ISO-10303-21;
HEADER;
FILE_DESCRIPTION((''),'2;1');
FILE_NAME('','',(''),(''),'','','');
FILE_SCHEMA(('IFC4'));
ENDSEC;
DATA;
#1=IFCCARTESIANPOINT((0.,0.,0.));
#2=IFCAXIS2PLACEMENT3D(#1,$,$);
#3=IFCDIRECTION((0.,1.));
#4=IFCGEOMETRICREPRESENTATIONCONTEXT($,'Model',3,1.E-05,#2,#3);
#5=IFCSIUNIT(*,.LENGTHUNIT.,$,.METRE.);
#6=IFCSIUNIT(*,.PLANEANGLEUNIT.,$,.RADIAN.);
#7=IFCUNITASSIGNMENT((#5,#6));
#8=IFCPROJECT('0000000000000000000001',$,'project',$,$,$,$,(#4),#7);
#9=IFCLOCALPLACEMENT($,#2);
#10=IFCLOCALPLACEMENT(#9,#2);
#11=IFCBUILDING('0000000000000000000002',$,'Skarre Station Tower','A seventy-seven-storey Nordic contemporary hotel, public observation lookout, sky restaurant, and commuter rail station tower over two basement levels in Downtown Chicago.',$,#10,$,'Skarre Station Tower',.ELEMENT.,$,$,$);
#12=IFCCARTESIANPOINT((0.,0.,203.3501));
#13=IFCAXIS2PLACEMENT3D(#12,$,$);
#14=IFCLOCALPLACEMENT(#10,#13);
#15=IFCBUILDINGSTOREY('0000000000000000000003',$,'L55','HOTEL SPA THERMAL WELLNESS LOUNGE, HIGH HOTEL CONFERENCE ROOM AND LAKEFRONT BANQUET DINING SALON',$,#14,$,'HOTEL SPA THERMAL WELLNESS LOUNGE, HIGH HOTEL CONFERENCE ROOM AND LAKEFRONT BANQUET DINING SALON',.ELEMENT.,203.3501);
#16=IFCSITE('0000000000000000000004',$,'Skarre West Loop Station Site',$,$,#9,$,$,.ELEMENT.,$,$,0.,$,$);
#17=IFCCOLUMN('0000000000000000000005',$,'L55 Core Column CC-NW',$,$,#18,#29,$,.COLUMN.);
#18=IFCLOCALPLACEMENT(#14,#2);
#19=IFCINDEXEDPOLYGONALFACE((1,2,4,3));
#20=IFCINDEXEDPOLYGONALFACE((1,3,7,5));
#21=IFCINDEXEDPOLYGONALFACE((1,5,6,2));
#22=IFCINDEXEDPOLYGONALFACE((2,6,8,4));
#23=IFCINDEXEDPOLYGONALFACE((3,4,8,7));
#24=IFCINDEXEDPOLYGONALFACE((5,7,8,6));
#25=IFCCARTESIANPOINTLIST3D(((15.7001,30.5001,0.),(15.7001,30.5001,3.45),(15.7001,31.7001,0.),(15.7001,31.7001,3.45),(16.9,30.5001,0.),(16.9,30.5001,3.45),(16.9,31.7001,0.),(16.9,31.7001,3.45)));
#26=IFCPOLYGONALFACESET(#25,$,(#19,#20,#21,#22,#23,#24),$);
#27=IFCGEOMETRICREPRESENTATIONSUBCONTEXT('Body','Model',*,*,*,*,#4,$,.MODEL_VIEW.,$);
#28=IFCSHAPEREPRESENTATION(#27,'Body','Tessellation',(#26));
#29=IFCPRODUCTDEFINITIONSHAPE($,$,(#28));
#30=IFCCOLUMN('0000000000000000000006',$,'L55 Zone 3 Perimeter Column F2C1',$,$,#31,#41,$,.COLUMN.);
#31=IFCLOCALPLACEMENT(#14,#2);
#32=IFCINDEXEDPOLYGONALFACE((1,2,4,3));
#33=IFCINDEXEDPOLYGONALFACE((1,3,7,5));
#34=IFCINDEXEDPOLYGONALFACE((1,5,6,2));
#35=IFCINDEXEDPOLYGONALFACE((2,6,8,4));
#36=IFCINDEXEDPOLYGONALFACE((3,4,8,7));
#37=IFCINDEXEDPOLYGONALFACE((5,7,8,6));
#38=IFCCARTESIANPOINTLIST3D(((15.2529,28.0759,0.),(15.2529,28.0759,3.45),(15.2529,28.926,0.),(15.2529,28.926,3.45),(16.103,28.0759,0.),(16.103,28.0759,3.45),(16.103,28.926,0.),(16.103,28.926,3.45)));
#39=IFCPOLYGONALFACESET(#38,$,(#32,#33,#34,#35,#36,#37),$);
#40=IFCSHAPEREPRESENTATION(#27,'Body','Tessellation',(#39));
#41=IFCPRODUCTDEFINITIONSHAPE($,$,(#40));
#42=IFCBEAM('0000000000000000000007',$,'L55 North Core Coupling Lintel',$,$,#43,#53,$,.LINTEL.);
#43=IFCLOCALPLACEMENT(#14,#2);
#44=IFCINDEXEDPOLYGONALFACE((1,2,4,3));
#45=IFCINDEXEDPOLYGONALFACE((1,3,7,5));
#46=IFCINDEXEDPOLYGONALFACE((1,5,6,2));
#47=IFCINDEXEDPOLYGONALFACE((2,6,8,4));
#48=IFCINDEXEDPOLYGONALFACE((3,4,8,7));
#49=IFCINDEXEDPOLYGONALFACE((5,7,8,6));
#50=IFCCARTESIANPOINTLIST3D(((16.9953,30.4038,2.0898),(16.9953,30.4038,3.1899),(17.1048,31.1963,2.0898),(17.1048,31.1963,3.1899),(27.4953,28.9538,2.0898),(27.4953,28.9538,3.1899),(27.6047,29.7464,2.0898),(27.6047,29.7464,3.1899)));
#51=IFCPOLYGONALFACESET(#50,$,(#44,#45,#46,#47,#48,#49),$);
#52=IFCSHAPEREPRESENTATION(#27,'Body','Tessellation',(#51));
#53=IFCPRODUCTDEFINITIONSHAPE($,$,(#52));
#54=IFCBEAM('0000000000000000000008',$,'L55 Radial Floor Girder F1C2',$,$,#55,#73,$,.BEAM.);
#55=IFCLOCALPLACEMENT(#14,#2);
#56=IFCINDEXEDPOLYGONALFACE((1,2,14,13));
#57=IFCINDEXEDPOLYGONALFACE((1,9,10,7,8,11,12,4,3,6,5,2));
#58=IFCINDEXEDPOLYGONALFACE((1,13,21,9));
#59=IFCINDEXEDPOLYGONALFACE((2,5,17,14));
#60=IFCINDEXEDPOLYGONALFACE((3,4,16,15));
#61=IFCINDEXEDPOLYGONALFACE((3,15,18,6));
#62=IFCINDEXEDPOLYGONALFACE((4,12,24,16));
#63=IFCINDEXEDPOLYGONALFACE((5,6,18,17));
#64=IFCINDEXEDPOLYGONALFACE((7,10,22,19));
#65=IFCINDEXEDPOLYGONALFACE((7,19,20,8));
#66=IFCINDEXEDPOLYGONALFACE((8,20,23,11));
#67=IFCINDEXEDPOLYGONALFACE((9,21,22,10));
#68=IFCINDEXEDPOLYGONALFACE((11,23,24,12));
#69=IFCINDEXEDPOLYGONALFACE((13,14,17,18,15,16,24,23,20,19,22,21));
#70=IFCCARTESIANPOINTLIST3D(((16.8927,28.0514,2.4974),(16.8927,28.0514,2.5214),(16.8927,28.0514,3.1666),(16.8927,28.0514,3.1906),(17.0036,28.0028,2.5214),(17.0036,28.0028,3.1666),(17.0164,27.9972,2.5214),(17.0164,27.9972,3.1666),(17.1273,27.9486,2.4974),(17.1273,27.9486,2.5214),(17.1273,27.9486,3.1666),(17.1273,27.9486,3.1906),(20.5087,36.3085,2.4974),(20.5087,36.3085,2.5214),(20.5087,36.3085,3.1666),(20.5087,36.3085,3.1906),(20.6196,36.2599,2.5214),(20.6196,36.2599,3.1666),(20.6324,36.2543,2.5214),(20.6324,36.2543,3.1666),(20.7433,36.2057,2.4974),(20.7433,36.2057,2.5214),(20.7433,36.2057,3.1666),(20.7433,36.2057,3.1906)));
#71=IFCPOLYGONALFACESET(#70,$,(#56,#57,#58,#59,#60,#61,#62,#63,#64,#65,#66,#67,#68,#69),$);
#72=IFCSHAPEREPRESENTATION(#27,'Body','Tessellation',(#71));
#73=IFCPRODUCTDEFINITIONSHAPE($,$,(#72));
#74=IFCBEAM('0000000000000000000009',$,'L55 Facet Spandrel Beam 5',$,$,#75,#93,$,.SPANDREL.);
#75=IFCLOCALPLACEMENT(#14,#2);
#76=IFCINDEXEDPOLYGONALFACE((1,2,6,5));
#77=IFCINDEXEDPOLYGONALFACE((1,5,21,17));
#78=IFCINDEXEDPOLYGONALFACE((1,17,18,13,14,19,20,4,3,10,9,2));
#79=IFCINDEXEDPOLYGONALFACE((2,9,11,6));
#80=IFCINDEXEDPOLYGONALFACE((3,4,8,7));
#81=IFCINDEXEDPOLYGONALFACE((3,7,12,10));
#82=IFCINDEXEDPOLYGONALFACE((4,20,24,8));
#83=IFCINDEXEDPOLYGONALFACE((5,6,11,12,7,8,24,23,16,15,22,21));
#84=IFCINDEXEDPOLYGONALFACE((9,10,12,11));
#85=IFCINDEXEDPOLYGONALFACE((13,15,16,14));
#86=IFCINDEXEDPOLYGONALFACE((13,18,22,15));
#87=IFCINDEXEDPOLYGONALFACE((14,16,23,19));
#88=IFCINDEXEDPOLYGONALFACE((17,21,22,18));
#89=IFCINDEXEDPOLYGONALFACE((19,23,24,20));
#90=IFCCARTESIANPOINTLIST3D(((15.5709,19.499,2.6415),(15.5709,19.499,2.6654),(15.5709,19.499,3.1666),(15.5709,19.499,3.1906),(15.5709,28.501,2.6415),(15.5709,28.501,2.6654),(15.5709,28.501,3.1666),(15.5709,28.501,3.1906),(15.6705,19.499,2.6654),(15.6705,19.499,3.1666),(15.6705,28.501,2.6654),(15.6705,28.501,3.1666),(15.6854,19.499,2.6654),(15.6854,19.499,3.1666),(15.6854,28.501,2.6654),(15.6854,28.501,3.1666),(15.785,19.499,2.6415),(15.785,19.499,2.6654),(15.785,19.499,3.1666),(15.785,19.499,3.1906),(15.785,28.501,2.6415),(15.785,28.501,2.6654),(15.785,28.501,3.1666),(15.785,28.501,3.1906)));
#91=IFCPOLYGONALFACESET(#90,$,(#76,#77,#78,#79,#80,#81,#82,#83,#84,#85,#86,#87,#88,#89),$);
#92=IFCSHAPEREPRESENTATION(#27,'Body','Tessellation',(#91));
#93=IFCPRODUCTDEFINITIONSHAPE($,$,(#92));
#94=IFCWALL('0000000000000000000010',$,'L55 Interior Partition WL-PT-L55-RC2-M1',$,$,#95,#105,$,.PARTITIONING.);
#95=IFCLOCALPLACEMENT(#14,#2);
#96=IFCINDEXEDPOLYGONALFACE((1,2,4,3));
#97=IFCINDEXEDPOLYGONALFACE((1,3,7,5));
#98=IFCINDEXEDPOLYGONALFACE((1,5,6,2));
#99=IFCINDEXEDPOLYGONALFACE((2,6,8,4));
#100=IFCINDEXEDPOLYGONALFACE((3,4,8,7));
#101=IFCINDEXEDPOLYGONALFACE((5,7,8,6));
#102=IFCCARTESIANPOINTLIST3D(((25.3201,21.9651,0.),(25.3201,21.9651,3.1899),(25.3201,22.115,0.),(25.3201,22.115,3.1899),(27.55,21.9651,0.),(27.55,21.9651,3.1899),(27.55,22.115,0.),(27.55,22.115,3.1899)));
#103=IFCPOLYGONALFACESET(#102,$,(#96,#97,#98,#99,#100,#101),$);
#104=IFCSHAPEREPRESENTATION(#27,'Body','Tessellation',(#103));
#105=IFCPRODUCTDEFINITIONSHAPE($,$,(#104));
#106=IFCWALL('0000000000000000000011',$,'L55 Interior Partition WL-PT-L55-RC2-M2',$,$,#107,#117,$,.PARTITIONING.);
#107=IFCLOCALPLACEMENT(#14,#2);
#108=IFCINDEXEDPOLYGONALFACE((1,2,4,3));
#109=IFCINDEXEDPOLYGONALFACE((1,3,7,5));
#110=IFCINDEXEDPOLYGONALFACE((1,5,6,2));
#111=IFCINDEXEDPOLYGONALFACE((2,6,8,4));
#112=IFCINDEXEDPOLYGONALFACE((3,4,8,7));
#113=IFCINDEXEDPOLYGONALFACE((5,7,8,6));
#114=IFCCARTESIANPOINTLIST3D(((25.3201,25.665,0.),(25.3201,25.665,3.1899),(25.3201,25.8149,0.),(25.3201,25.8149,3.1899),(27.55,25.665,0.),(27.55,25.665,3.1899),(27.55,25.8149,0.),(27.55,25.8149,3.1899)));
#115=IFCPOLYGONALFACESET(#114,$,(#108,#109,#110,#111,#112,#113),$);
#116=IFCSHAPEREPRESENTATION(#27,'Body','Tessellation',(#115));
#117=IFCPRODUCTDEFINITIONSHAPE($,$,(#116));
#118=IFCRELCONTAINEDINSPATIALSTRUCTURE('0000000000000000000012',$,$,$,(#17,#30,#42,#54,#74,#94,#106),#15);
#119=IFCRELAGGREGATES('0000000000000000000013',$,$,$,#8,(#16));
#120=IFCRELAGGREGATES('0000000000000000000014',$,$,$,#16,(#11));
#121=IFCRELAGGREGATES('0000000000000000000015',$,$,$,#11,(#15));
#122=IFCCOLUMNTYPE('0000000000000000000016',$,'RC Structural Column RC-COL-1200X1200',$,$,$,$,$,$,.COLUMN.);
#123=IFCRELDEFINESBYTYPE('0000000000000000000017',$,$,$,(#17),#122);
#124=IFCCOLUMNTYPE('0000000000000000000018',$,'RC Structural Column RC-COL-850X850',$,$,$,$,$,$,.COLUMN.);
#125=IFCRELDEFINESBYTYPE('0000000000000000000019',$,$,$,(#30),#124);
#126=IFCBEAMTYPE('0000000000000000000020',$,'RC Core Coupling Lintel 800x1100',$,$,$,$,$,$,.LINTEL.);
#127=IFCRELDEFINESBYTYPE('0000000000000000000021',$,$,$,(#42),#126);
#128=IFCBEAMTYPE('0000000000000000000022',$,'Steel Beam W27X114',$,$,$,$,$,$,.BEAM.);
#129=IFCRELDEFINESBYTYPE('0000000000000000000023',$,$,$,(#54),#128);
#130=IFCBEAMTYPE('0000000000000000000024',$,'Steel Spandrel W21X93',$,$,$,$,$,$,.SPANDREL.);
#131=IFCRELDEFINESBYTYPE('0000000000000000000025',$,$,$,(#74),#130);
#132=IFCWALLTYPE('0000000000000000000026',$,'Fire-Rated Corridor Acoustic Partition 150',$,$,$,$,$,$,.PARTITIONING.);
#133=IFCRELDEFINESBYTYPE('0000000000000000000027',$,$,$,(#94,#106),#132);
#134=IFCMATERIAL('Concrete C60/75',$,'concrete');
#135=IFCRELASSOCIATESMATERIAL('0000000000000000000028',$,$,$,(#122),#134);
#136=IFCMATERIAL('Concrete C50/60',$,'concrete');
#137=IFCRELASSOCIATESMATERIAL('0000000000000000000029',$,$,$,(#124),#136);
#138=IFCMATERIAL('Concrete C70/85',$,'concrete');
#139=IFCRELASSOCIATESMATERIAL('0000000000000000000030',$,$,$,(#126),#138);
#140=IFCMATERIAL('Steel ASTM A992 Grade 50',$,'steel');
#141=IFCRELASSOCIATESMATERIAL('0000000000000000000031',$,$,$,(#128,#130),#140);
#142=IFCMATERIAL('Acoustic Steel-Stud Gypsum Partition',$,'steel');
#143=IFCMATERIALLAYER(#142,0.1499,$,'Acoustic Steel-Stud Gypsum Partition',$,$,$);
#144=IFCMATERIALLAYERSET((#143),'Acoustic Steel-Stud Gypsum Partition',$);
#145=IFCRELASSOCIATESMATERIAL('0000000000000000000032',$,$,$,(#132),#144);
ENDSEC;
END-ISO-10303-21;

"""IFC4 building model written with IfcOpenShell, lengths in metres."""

from ifc_helpers import new_model, si_unit, direction, frame, frame_2d, origin, origin_2d, place, context, subcontext, project, spatial, rectangle, i_section, extrude, material, layer, layer_set, material_profile, profile_set, type_object, element, save


model = new_model("IFC4")

# Units and contexts
model_context = context("Model", 3, precision=1e-05, world=origin(), true_north=direction((0.0, 1.0)))
body_context = subcontext(model_context, "Body", "Model", "MODEL_VIEW")
ifc_project = project(units=[si_unit("LENGTHUNIT", "METRE"), si_unit("PLANEANGLEUNIT", "RADIAN")], contexts=[model_context])

# Site, building, storey
site_placement = place(None, origin())
site = spatial("IfcSite", under=ifc_project, at=site_placement, Name="Skarre West Loop Station Site", CompositionType="ELEMENT", RefElevation=0.0)
building_placement = place(site_placement, origin())
building = spatial("IfcBuilding", under=site, at=building_placement, Name="Skarre Station Tower", Description="A seventy-seven-storey Nordic contemporary hotel, public observation lookout, sky restaurant, and commuter rail station tower over two basement levels in Downtown Chicago.", LongName="Skarre Station Tower", CompositionType="ELEMENT")
storey_placement = place(building_placement, frame((0.0, 0.0, 203.3501)))
storey = spatial("IfcBuildingStorey", under=building, at=storey_placement, Name="L55", Description="HOTEL SPA THERMAL WELLNESS LOUNGE, HIGH HOTEL CONFERENCE ROOM AND LAKEFRONT BANQUET DINING SALON", LongName="HOTEL SPA THERMAL WELLNESS LOUNGE, HIGH HOTEL CONFERENCE ROOM AND LAKEFRONT BANQUET DINING SALON", CompositionType="ELEMENT", Elevation=203.3501)

# Columns
ifc_material_1 = material(Name="Concrete C60/75", Category="concrete")
ifc_material_profile_1 = material_profile(ifc_material_1, rectangle(XDim=1.2, YDim=1.2, at=origin_2d()), Name="Concrete C60/75")
ifc_profile_set_1 = profile_set([ifc_material_profile_1], Name="Concrete C60/75")
column_type_1 = type_object("IfcColumnType", Name="RC Structural Column RC-COL-1200X1200", PredefinedType="COLUMN", material=ifc_profile_set_1)
column_1_placement = place(storey_placement, frame((16.3, 31.1001, 0.0), z_axis=(0.0, 0.0, 1.0), x_axis=(1.0, 0.0, 0.0)))
element("IfcColumn", 1, at=column_1_placement, inside=storey, type_object=column_type_1, Name="L55 Core Column CC-NW", PredefinedType="COLUMN", context=body_context, shape_type="SweptSolid", body=[
    extrude(rectangle(XDim=1.2, YDim=1.2, at=origin_2d()), origin(), (0.0, 0.0, 1.0), 3.45),
])
ifc_material_2 = material(Name="Concrete C50/60", Category="concrete")
ifc_material_profile_2 = material_profile(ifc_material_2, rectangle(XDim=0.8501, YDim=0.8501, at=origin_2d()), Name="Concrete C50/60")
ifc_profile_set_2 = profile_set([ifc_material_profile_2], Name="Concrete C50/60")
column_type_2 = type_object("IfcColumnType", Name="RC Structural Column RC-COL-850X850", PredefinedType="COLUMN", material=ifc_profile_set_2)
column_2_placement = place(storey_placement, frame((15.678, 28.501, 0.0), z_axis=(0.0, 0.0, 1.0), x_axis=(1.0, 0.0, 0.0)))
element("IfcColumn", 2, at=column_2_placement, inside=storey, type_object=column_type_2, Name="L55 Zone 3 Perimeter Column F2C1", PredefinedType="COLUMN", context=body_context, shape_type="SweptSolid", body=[
    extrude(rectangle(XDim=0.8501, YDim=0.8501, at=origin_2d()), origin(), (0.0, 0.0, 1.0), 3.45),
])

# Beams
ifc_material_3 = material(Name="Concrete C70/85", Category="concrete")
ifc_material_profile_3 = material_profile(ifc_material_3, rectangle(XDim=0.8, YDim=1.1001, at=origin_2d()), Name="Concrete C70/85")
ifc_profile_set_3 = profile_set([ifc_material_profile_3], Name="Concrete C70/85")
beam_type_1 = type_object("IfcBeamType", Name="RC Core Coupling Lintel 800x1100", PredefinedType="LINTEL", material=ifc_profile_set_3)
beam_1_placement = place(storey_placement, frame((17.05, 30.8, 2.6399), z_axis=(0.9906, -0.136792, 0.0), x_axis=(0.136792, 0.9906, 0.0)))
element("IfcBeam", 3, at=beam_1_placement, inside=storey, type_object=beam_type_1, Name="L55 North Core Coupling Lintel", PredefinedType="LINTEL", context=body_context, shape_type="SweptSolid", body=[
    extrude(rectangle(XDim=0.8, YDim=1.1001, at=origin_2d()), origin(), (0.0, 0.0, 1.0), 10.5996),
])
ifc_material_4 = material(Name="Steel ASTM A992 Grade 50", Category="steel")
ifc_material_profile_4 = material_profile(ifc_material_4, i_section(OverallWidth=0.2561, OverallDepth=0.6931, WebThickness=0.0139, FlangeThickness=0.0239, at=origin_2d()), Name="Steel ASTM A992 Grade 50")
ifc_profile_set_4 = profile_set([ifc_material_profile_4], Name="Steel ASTM A992 Grade 50")
beam_type_2 = type_object("IfcBeamType", Name="Steel Beam W27X114", PredefinedType="BEAM", material=ifc_profile_set_4)
beam_2_placement = place(storey_placement, frame((17.01, 28.0, 2.844), z_axis=(0.401144, 0.916015, 0.0), x_axis=(-0.916015, 0.401144, 0.0)))
element("IfcBeam", 4, at=beam_2_placement, inside=storey, type_object=beam_type_2, Name="L55 Radial Floor Girder F1C2", PredefinedType="BEAM", context=body_context, shape_type="SweptSolid", body=[
    extrude(i_section(OverallWidth=0.2561, OverallDepth=0.6931, WebThickness=0.0139, FlangeThickness=0.0239, at=origin_2d()), origin(), (0.0, 0.0, 1.0), 9.0142),
])
ifc_material_profile_5 = material_profile(ifc_material_4, i_section(OverallWidth=0.2141, OverallDepth=0.5491, WebThickness=0.0149, FlangeThickness=0.0239, at=origin_2d()), Name="Steel ASTM A992 Grade 50")
ifc_profile_set_5 = profile_set([ifc_material_profile_5], Name="Steel ASTM A992 Grade 50")
beam_type_3 = type_object("IfcBeamType", Name="Steel Spandrel W21X93", PredefinedType="SPANDREL", material=ifc_profile_set_5)
beam_3_placement = place(storey_placement, frame((15.678, 28.501, 2.916), z_axis=(0.0, -1.0, 0.0), x_axis=(1.0, 0.0, 0.0)))
element("IfcBeam", 5, at=beam_3_placement, inside=storey, type_object=beam_type_3, Name="L55 Facet Spandrel Beam 5", PredefinedType="SPANDREL", context=body_context, shape_type="SweptSolid", body=[
    extrude(i_section(OverallWidth=0.2141, OverallDepth=0.5491, WebThickness=0.0149, FlangeThickness=0.0239, at=origin_2d()), origin(), (0.0, 0.0, 1.0), 9.002),
])

# Walls
ifc_material_5 = material(Name="Acoustic Steel-Stud Gypsum Partition", Category="steel")
ifc_layer_1 = layer(ifc_material_5, 0.1499, Name="Acoustic Steel-Stud Gypsum Partition")
ifc_layer_set_1 = layer_set([ifc_layer_1], Name="Acoustic Steel-Stud Gypsum Partition")
wall_type_1 = type_object("IfcWallType", Name="Fire-Rated Corridor Acoustic Partition 150", PredefinedType="PARTITIONING", material=ifc_layer_set_1)
for number, where, z_axis, x_axis, name in (
    (6, (25.3201, 22.04, 0.0), (0.0, 0.0, 1.0), (1.0, 0.0, 0.0), "L55 Interior Partition WL-PT-L55-RC2-M1"),
    (7, (25.3201, 25.74, 0.0), (0.0, 0.0, 1.0), (1.0, 0.0, 0.0), "L55 Interior Partition WL-PT-L55-RC2-M2"),
):
    element("IfcWall", number, at=place(storey_placement, frame(where, z_axis=z_axis, x_axis=x_axis)), inside=storey, type_object=wall_type_1, Name=name, PredefinedType="PARTITIONING", context=body_context, shape_type="SweptSolid", body=[
        extrude(rectangle(XDim=2.23, YDim=0.1499, at=frame_2d((1.115, 0.0))), origin(), (0.0, 0.0, 1.0), 3.1899),
    ])

save(model, "model.ifc")
